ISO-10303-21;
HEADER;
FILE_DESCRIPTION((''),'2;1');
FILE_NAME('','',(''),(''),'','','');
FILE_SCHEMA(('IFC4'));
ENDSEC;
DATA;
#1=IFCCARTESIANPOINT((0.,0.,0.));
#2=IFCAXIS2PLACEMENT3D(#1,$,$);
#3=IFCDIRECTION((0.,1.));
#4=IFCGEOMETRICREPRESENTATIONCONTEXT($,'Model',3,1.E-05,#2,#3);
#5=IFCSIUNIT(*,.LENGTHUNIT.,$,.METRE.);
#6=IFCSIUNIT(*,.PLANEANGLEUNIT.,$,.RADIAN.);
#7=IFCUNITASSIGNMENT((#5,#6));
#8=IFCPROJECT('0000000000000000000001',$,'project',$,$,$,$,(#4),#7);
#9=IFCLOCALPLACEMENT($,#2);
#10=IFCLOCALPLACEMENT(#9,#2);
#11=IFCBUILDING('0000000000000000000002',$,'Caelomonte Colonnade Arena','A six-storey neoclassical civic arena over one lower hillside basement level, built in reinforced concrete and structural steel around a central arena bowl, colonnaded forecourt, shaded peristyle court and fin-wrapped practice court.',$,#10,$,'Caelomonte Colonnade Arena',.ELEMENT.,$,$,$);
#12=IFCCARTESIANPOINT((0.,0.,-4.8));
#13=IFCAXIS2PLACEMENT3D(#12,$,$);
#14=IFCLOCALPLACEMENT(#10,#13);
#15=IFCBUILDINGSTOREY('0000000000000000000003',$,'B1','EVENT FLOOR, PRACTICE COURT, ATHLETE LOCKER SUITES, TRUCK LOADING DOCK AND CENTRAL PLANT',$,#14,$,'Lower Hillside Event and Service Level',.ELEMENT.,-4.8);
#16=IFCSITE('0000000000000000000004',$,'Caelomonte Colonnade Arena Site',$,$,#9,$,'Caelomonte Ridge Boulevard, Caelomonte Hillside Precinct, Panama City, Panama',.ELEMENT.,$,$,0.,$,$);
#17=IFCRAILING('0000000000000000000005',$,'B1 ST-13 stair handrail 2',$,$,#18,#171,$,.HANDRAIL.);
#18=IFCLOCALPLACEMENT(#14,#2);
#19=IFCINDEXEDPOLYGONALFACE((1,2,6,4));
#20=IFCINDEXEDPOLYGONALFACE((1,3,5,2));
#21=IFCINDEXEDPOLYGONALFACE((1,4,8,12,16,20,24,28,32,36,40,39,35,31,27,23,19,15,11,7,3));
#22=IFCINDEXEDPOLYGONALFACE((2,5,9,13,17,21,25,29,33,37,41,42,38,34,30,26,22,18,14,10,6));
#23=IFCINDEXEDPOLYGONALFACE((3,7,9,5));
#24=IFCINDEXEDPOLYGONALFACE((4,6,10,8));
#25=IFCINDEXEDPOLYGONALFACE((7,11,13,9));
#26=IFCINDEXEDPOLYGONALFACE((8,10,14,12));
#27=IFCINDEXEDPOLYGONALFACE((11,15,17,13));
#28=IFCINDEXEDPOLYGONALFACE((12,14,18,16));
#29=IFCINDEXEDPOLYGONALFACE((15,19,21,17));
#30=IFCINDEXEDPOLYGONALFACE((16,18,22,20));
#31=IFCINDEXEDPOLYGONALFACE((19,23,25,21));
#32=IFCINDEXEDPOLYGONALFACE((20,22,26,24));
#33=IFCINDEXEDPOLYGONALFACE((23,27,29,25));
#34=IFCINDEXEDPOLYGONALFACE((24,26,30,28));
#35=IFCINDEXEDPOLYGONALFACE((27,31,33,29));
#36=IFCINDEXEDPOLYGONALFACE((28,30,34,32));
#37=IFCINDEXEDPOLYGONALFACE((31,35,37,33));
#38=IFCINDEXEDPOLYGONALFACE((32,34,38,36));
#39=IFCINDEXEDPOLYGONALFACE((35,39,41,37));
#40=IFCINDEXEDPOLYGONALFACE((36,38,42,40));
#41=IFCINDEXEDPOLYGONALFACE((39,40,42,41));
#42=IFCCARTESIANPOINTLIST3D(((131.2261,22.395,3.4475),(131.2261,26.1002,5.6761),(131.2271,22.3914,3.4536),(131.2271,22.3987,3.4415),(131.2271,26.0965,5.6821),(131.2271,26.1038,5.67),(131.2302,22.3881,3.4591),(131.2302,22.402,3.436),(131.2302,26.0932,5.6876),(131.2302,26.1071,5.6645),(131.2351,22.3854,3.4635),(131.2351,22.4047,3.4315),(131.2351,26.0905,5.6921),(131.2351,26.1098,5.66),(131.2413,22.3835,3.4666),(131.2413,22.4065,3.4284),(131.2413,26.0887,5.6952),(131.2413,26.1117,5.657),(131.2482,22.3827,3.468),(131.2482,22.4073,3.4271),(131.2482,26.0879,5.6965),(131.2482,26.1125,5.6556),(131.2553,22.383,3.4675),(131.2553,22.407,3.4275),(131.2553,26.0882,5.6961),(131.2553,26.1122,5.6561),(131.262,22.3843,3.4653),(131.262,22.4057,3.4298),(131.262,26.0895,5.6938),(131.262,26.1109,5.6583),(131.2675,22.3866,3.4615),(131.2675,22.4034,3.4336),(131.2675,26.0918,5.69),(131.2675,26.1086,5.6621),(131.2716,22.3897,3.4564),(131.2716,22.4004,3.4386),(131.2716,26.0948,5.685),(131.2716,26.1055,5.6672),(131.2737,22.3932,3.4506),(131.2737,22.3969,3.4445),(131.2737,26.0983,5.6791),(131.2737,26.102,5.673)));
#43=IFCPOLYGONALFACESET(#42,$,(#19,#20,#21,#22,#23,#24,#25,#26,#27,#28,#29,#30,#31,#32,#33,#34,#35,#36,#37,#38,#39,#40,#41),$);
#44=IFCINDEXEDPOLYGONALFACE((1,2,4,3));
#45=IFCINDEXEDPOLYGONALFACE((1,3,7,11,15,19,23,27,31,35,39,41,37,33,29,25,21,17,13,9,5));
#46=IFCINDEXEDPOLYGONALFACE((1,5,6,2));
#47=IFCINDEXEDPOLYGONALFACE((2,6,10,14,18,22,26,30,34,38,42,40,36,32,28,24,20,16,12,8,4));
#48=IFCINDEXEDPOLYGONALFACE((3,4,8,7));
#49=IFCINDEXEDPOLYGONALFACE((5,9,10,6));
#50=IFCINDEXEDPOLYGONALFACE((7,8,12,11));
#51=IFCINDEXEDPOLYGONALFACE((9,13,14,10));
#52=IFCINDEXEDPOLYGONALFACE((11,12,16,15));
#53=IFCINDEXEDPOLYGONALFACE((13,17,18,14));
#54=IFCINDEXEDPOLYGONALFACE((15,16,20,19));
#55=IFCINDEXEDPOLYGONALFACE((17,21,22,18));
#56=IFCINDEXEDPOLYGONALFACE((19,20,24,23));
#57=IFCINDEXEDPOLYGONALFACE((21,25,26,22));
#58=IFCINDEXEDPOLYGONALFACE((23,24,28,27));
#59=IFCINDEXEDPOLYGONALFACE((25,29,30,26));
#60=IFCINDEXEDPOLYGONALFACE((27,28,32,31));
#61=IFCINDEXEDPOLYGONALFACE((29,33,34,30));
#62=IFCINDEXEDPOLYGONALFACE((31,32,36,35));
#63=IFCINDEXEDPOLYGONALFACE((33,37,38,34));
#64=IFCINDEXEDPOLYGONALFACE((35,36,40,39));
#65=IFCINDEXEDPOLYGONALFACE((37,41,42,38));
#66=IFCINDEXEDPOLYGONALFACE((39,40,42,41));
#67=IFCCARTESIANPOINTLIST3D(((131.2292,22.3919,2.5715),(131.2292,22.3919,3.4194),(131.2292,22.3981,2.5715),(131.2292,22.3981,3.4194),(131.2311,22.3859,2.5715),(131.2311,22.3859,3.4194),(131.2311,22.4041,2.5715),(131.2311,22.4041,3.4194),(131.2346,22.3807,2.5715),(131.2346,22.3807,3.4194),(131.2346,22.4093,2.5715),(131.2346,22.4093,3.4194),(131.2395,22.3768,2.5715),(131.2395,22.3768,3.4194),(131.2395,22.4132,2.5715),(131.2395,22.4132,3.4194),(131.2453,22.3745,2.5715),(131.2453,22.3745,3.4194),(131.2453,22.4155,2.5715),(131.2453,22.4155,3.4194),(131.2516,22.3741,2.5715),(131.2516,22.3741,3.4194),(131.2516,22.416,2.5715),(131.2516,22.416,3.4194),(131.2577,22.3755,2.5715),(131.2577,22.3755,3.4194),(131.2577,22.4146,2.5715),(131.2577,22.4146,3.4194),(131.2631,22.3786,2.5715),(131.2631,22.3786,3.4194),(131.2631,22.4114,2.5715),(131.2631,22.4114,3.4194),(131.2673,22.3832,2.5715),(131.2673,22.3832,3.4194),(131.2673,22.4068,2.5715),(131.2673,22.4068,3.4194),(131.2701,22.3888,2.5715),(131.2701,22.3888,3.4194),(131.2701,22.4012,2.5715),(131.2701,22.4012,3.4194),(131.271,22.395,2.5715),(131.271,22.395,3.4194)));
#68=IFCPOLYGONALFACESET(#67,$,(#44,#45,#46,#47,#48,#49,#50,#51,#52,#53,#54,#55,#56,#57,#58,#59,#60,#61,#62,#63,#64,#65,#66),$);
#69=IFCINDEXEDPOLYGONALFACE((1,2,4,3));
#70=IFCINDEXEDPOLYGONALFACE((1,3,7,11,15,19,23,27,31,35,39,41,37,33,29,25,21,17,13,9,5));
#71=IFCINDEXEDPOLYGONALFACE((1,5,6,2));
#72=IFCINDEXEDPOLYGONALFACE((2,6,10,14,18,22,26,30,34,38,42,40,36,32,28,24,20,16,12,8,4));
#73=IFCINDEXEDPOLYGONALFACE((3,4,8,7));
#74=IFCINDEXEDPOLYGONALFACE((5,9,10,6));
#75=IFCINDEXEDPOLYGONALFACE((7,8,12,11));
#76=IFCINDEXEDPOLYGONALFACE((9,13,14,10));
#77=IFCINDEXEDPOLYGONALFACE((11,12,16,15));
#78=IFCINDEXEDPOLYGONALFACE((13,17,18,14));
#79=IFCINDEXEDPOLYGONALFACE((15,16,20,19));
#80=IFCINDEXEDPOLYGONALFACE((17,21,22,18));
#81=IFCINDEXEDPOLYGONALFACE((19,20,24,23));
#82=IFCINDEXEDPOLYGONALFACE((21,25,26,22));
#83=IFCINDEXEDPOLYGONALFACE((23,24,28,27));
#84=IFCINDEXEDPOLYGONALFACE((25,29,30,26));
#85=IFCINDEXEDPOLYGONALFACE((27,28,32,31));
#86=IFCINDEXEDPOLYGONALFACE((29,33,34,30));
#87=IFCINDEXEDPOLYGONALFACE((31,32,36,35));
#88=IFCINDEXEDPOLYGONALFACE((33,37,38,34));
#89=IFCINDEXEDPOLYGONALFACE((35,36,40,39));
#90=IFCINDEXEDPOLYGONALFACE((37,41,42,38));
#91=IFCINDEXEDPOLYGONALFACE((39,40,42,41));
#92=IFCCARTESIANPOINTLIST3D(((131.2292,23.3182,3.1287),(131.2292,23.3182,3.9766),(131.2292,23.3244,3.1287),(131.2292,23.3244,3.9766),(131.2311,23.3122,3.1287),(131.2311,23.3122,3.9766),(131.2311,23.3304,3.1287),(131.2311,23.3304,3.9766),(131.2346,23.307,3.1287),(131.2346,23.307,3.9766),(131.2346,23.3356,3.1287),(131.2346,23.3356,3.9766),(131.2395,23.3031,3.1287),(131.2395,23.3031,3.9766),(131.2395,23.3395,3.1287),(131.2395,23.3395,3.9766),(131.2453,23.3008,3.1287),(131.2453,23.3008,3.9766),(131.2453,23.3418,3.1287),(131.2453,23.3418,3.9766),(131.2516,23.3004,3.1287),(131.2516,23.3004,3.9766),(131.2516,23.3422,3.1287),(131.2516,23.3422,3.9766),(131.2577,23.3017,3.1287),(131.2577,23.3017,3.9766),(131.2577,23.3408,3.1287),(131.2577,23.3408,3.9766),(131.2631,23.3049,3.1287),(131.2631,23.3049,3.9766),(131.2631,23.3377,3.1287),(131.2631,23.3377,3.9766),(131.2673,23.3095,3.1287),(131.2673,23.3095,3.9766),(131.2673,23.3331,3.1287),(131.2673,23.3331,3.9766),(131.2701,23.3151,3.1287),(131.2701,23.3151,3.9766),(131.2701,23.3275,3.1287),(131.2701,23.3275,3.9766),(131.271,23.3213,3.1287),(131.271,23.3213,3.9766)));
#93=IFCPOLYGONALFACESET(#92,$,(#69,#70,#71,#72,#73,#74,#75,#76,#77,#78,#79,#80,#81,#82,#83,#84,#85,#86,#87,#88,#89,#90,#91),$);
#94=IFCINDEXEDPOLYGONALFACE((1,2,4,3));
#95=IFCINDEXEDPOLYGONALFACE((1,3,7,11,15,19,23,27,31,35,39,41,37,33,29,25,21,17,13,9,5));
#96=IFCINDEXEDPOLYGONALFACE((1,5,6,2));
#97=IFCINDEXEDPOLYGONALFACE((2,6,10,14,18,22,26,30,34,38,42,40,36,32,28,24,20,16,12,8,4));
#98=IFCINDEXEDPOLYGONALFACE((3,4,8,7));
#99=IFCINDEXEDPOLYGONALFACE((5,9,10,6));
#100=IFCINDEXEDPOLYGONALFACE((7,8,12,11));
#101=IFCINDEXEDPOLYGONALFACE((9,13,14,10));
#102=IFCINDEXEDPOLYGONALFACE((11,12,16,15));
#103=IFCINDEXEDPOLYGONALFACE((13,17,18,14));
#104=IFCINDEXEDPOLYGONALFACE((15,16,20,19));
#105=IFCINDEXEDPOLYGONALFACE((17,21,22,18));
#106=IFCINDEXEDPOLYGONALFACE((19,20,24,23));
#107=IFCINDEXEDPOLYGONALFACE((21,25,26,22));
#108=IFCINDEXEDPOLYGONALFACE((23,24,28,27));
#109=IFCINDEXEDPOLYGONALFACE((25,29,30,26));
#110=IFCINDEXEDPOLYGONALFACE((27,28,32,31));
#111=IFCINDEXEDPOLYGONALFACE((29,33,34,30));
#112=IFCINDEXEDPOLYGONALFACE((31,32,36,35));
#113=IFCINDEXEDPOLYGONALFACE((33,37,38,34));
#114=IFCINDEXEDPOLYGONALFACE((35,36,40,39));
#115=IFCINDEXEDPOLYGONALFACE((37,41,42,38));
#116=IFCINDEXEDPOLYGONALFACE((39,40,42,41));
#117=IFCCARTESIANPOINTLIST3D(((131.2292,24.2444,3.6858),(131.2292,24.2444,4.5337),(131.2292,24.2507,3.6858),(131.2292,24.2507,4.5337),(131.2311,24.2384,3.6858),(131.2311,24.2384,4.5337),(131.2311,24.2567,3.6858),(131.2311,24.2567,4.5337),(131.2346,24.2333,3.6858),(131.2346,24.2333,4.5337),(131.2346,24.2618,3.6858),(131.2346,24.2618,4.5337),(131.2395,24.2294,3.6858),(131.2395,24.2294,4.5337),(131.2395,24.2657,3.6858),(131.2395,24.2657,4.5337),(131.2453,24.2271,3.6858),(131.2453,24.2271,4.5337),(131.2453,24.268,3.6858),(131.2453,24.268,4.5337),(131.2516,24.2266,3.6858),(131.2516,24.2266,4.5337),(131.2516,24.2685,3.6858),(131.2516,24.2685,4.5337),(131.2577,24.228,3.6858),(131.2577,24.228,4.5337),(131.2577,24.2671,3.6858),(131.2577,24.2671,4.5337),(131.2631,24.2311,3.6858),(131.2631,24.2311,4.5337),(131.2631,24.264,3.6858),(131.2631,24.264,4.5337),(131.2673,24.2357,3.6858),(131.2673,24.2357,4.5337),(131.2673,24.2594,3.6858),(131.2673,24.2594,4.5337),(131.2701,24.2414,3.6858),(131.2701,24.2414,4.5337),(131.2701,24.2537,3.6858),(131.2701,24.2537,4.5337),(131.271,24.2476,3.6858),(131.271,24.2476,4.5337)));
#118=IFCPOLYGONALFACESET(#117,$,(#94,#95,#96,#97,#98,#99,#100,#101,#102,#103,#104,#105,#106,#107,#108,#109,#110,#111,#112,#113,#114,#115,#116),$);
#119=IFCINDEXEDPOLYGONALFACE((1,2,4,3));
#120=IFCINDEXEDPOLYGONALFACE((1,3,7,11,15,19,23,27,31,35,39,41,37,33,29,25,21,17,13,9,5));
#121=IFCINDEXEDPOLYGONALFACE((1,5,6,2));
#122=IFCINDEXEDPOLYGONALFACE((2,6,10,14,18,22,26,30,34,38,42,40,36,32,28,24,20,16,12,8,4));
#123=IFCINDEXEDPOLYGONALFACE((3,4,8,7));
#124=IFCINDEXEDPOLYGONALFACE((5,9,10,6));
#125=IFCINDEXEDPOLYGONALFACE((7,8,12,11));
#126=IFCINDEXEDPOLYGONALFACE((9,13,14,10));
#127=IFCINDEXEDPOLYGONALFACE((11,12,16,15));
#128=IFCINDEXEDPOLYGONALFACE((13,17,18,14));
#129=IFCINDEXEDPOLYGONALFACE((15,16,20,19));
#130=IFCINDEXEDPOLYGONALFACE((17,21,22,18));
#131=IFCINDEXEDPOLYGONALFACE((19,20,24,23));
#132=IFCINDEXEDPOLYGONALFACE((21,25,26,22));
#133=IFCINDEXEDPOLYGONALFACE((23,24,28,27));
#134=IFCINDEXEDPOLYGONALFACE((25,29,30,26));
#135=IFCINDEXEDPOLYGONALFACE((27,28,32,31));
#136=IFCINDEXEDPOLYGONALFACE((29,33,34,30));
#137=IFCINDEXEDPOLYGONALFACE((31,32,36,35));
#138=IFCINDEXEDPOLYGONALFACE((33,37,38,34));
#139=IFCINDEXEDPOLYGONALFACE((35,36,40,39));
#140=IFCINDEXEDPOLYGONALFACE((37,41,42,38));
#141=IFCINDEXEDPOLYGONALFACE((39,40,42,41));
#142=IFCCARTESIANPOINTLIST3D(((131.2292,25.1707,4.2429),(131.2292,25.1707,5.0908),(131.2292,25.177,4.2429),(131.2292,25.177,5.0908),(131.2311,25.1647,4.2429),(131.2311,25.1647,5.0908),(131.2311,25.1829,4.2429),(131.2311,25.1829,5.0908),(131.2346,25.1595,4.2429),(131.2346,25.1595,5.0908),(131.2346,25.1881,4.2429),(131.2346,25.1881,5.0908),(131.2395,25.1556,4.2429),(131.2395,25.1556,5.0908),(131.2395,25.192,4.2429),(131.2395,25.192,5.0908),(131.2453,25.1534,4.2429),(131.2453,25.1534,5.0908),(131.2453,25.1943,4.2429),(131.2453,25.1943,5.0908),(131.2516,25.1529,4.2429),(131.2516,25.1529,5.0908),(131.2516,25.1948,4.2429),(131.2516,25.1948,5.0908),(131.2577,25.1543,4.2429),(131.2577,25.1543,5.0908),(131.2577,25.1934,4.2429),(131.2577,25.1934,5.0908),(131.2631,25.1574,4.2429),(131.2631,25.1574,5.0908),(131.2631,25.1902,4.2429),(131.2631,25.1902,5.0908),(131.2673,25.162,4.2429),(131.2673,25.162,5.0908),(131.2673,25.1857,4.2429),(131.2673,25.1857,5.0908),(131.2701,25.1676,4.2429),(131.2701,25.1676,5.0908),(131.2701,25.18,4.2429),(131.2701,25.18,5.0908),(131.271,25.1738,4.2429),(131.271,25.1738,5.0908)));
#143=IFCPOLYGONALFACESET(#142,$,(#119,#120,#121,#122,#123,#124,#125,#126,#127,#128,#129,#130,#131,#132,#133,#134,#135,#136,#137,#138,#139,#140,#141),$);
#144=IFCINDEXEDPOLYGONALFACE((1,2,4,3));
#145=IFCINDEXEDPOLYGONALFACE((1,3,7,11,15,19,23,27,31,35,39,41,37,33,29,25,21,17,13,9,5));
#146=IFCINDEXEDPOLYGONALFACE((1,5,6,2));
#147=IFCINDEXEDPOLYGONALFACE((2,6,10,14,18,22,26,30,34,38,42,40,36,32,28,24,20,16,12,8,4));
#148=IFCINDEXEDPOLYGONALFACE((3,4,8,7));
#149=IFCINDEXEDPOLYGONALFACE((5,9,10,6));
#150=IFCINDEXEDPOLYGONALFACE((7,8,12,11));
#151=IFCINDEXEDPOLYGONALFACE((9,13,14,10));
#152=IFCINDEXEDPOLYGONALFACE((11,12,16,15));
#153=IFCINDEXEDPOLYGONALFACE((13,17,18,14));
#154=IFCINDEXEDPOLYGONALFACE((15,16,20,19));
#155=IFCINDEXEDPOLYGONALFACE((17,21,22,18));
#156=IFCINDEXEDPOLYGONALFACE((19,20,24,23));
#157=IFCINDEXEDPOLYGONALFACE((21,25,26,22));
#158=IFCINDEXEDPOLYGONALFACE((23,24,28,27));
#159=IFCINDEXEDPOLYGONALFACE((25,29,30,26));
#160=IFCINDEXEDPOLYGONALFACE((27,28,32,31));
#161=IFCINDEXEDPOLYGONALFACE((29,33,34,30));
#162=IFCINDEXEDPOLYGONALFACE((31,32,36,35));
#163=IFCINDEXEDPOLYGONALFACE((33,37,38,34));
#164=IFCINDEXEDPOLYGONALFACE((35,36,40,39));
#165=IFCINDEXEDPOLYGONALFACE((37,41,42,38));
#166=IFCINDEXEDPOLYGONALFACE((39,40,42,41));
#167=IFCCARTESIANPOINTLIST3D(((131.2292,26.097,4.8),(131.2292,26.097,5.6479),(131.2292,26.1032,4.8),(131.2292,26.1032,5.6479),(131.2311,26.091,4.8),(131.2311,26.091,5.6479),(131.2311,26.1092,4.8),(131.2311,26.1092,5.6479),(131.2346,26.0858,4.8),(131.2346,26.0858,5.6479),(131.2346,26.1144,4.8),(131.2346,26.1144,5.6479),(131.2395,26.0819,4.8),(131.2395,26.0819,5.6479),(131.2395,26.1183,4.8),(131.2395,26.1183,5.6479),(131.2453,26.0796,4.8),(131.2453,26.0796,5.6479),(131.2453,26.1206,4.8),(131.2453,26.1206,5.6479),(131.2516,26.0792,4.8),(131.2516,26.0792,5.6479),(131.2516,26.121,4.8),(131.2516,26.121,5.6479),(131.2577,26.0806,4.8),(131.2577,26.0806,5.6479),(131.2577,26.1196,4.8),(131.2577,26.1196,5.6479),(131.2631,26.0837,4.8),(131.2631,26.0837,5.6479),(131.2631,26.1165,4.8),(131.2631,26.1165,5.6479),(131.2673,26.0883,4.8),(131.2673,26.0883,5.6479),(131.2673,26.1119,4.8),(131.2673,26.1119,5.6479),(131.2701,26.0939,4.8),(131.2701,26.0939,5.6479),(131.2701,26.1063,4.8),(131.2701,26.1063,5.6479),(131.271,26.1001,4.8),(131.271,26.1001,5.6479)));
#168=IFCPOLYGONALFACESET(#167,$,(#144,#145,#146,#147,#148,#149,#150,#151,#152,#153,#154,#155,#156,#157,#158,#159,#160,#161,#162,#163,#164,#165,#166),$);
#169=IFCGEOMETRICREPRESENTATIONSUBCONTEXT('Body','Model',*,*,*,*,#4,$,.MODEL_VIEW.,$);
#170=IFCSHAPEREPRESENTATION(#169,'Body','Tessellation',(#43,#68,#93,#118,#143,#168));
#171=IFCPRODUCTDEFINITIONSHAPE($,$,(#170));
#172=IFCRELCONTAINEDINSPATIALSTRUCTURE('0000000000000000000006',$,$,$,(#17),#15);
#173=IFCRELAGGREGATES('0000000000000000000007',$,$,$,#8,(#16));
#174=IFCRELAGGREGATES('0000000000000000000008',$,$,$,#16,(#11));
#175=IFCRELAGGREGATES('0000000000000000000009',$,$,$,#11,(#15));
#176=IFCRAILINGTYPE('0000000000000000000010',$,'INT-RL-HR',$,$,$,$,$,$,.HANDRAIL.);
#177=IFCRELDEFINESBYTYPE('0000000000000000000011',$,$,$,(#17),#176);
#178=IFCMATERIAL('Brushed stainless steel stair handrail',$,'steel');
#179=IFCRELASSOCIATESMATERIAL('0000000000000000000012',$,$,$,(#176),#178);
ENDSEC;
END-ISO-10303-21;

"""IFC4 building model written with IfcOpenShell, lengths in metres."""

from ifc_helpers import new_model, si_unit, direction, frame, origin, origin_2d, place, context, subcontext, project, spatial, circle, extrude, material, type_object, element, save


model = new_model("IFC4")

# Units and contexts
model_context = context("Model", 3, precision=1e-05, world=origin(), true_north=direction((0.0, 1.0)))
body_context = subcontext(model_context, "Body", "Model", "MODEL_VIEW")
ifc_project = project(units=[si_unit("LENGTHUNIT", "METRE"), si_unit("PLANEANGLEUNIT", "RADIAN")], contexts=[model_context])

# Site, building, storey
site_placement = place(None, origin())
site = spatial("IfcSite", under=ifc_project, at=site_placement, Name="Caelomonte Colonnade Arena Site", LongName="Caelomonte Ridge Boulevard, Caelomonte Hillside Precinct, Panama City, Panama", CompositionType="ELEMENT", RefElevation=0.0)
building_placement = place(site_placement, origin())
building = spatial("IfcBuilding", under=site, at=building_placement, Name="Caelomonte Colonnade Arena", Description="A six-storey neoclassical civic arena over one lower hillside basement level, built in reinforced concrete and structural steel around a central arena bowl, colonnaded forecourt, shaded peristyle court and fin-wrapped practice court.", LongName="Caelomonte Colonnade Arena", CompositionType="ELEMENT")
storey_placement = place(building_placement, frame((0.0, 0.0, -4.8)))
storey = spatial("IfcBuildingStorey", under=building, at=storey_placement, Name="B1", Description="EVENT FLOOR, PRACTICE COURT, ATHLETE LOCKER SUITES, TRUCK LOADING DOCK AND CENTRAL PLANT", LongName="Lower Hillside Event and Service Level", CompositionType="ELEMENT", Elevation=-4.8)

# Railing
ifc_material_1 = material(Name="Brushed stainless steel stair handrail", Category="steel")
railing_type_1 = type_object("IfcRailingType", Name="INT-RL-HR", PredefinedType="HANDRAIL", material=ifc_material_1)
railing_1_placement = place(storey_placement, frame((131.25, 22.395, 2.5715)))
element("IfcRailing", 1, at=railing_1_placement, inside=storey, type_object=railing_type_1, Name="B1 ST-13 stair handrail 2", PredefinedType="HANDRAIL", context=body_context, shape_type="SweptSolid", body=[
    extrude(circle(Radius=0.0239, at=origin_2d()), frame((0.0, 0.0, 0.876), z_axis=(0.0, 0.856934, 0.515425), x_axis=(-1.0, 0.0, 0.0)), (0.0, 0.0, 1.0), 4.3237),
    extrude(circle(Radius=0.021, at=origin_2d()), origin(), (0.0, 0.0, 1.0), 0.8479),
    extrude(circle(Radius=0.021, at=origin_2d()), frame((0.0, 0.9263, 0.5571)), (0.0, 0.0, 1.0), 0.8479),
    extrude(circle(Radius=0.021, at=origin_2d()), frame((0.0, 1.8525, 1.1143)), (0.0, 0.0, 1.0), 0.8479),
    extrude(circle(Radius=0.021, at=origin_2d()), frame((0.0, 2.7788, 1.6714)), (0.0, 0.0, 1.0), 0.8479),
    extrude(circle(Radius=0.021, at=origin_2d()), frame((0.0, 3.7051, 2.2285)), (0.0, 0.0, 1.0), 0.8479),
])

save(model, "model.ifc")
